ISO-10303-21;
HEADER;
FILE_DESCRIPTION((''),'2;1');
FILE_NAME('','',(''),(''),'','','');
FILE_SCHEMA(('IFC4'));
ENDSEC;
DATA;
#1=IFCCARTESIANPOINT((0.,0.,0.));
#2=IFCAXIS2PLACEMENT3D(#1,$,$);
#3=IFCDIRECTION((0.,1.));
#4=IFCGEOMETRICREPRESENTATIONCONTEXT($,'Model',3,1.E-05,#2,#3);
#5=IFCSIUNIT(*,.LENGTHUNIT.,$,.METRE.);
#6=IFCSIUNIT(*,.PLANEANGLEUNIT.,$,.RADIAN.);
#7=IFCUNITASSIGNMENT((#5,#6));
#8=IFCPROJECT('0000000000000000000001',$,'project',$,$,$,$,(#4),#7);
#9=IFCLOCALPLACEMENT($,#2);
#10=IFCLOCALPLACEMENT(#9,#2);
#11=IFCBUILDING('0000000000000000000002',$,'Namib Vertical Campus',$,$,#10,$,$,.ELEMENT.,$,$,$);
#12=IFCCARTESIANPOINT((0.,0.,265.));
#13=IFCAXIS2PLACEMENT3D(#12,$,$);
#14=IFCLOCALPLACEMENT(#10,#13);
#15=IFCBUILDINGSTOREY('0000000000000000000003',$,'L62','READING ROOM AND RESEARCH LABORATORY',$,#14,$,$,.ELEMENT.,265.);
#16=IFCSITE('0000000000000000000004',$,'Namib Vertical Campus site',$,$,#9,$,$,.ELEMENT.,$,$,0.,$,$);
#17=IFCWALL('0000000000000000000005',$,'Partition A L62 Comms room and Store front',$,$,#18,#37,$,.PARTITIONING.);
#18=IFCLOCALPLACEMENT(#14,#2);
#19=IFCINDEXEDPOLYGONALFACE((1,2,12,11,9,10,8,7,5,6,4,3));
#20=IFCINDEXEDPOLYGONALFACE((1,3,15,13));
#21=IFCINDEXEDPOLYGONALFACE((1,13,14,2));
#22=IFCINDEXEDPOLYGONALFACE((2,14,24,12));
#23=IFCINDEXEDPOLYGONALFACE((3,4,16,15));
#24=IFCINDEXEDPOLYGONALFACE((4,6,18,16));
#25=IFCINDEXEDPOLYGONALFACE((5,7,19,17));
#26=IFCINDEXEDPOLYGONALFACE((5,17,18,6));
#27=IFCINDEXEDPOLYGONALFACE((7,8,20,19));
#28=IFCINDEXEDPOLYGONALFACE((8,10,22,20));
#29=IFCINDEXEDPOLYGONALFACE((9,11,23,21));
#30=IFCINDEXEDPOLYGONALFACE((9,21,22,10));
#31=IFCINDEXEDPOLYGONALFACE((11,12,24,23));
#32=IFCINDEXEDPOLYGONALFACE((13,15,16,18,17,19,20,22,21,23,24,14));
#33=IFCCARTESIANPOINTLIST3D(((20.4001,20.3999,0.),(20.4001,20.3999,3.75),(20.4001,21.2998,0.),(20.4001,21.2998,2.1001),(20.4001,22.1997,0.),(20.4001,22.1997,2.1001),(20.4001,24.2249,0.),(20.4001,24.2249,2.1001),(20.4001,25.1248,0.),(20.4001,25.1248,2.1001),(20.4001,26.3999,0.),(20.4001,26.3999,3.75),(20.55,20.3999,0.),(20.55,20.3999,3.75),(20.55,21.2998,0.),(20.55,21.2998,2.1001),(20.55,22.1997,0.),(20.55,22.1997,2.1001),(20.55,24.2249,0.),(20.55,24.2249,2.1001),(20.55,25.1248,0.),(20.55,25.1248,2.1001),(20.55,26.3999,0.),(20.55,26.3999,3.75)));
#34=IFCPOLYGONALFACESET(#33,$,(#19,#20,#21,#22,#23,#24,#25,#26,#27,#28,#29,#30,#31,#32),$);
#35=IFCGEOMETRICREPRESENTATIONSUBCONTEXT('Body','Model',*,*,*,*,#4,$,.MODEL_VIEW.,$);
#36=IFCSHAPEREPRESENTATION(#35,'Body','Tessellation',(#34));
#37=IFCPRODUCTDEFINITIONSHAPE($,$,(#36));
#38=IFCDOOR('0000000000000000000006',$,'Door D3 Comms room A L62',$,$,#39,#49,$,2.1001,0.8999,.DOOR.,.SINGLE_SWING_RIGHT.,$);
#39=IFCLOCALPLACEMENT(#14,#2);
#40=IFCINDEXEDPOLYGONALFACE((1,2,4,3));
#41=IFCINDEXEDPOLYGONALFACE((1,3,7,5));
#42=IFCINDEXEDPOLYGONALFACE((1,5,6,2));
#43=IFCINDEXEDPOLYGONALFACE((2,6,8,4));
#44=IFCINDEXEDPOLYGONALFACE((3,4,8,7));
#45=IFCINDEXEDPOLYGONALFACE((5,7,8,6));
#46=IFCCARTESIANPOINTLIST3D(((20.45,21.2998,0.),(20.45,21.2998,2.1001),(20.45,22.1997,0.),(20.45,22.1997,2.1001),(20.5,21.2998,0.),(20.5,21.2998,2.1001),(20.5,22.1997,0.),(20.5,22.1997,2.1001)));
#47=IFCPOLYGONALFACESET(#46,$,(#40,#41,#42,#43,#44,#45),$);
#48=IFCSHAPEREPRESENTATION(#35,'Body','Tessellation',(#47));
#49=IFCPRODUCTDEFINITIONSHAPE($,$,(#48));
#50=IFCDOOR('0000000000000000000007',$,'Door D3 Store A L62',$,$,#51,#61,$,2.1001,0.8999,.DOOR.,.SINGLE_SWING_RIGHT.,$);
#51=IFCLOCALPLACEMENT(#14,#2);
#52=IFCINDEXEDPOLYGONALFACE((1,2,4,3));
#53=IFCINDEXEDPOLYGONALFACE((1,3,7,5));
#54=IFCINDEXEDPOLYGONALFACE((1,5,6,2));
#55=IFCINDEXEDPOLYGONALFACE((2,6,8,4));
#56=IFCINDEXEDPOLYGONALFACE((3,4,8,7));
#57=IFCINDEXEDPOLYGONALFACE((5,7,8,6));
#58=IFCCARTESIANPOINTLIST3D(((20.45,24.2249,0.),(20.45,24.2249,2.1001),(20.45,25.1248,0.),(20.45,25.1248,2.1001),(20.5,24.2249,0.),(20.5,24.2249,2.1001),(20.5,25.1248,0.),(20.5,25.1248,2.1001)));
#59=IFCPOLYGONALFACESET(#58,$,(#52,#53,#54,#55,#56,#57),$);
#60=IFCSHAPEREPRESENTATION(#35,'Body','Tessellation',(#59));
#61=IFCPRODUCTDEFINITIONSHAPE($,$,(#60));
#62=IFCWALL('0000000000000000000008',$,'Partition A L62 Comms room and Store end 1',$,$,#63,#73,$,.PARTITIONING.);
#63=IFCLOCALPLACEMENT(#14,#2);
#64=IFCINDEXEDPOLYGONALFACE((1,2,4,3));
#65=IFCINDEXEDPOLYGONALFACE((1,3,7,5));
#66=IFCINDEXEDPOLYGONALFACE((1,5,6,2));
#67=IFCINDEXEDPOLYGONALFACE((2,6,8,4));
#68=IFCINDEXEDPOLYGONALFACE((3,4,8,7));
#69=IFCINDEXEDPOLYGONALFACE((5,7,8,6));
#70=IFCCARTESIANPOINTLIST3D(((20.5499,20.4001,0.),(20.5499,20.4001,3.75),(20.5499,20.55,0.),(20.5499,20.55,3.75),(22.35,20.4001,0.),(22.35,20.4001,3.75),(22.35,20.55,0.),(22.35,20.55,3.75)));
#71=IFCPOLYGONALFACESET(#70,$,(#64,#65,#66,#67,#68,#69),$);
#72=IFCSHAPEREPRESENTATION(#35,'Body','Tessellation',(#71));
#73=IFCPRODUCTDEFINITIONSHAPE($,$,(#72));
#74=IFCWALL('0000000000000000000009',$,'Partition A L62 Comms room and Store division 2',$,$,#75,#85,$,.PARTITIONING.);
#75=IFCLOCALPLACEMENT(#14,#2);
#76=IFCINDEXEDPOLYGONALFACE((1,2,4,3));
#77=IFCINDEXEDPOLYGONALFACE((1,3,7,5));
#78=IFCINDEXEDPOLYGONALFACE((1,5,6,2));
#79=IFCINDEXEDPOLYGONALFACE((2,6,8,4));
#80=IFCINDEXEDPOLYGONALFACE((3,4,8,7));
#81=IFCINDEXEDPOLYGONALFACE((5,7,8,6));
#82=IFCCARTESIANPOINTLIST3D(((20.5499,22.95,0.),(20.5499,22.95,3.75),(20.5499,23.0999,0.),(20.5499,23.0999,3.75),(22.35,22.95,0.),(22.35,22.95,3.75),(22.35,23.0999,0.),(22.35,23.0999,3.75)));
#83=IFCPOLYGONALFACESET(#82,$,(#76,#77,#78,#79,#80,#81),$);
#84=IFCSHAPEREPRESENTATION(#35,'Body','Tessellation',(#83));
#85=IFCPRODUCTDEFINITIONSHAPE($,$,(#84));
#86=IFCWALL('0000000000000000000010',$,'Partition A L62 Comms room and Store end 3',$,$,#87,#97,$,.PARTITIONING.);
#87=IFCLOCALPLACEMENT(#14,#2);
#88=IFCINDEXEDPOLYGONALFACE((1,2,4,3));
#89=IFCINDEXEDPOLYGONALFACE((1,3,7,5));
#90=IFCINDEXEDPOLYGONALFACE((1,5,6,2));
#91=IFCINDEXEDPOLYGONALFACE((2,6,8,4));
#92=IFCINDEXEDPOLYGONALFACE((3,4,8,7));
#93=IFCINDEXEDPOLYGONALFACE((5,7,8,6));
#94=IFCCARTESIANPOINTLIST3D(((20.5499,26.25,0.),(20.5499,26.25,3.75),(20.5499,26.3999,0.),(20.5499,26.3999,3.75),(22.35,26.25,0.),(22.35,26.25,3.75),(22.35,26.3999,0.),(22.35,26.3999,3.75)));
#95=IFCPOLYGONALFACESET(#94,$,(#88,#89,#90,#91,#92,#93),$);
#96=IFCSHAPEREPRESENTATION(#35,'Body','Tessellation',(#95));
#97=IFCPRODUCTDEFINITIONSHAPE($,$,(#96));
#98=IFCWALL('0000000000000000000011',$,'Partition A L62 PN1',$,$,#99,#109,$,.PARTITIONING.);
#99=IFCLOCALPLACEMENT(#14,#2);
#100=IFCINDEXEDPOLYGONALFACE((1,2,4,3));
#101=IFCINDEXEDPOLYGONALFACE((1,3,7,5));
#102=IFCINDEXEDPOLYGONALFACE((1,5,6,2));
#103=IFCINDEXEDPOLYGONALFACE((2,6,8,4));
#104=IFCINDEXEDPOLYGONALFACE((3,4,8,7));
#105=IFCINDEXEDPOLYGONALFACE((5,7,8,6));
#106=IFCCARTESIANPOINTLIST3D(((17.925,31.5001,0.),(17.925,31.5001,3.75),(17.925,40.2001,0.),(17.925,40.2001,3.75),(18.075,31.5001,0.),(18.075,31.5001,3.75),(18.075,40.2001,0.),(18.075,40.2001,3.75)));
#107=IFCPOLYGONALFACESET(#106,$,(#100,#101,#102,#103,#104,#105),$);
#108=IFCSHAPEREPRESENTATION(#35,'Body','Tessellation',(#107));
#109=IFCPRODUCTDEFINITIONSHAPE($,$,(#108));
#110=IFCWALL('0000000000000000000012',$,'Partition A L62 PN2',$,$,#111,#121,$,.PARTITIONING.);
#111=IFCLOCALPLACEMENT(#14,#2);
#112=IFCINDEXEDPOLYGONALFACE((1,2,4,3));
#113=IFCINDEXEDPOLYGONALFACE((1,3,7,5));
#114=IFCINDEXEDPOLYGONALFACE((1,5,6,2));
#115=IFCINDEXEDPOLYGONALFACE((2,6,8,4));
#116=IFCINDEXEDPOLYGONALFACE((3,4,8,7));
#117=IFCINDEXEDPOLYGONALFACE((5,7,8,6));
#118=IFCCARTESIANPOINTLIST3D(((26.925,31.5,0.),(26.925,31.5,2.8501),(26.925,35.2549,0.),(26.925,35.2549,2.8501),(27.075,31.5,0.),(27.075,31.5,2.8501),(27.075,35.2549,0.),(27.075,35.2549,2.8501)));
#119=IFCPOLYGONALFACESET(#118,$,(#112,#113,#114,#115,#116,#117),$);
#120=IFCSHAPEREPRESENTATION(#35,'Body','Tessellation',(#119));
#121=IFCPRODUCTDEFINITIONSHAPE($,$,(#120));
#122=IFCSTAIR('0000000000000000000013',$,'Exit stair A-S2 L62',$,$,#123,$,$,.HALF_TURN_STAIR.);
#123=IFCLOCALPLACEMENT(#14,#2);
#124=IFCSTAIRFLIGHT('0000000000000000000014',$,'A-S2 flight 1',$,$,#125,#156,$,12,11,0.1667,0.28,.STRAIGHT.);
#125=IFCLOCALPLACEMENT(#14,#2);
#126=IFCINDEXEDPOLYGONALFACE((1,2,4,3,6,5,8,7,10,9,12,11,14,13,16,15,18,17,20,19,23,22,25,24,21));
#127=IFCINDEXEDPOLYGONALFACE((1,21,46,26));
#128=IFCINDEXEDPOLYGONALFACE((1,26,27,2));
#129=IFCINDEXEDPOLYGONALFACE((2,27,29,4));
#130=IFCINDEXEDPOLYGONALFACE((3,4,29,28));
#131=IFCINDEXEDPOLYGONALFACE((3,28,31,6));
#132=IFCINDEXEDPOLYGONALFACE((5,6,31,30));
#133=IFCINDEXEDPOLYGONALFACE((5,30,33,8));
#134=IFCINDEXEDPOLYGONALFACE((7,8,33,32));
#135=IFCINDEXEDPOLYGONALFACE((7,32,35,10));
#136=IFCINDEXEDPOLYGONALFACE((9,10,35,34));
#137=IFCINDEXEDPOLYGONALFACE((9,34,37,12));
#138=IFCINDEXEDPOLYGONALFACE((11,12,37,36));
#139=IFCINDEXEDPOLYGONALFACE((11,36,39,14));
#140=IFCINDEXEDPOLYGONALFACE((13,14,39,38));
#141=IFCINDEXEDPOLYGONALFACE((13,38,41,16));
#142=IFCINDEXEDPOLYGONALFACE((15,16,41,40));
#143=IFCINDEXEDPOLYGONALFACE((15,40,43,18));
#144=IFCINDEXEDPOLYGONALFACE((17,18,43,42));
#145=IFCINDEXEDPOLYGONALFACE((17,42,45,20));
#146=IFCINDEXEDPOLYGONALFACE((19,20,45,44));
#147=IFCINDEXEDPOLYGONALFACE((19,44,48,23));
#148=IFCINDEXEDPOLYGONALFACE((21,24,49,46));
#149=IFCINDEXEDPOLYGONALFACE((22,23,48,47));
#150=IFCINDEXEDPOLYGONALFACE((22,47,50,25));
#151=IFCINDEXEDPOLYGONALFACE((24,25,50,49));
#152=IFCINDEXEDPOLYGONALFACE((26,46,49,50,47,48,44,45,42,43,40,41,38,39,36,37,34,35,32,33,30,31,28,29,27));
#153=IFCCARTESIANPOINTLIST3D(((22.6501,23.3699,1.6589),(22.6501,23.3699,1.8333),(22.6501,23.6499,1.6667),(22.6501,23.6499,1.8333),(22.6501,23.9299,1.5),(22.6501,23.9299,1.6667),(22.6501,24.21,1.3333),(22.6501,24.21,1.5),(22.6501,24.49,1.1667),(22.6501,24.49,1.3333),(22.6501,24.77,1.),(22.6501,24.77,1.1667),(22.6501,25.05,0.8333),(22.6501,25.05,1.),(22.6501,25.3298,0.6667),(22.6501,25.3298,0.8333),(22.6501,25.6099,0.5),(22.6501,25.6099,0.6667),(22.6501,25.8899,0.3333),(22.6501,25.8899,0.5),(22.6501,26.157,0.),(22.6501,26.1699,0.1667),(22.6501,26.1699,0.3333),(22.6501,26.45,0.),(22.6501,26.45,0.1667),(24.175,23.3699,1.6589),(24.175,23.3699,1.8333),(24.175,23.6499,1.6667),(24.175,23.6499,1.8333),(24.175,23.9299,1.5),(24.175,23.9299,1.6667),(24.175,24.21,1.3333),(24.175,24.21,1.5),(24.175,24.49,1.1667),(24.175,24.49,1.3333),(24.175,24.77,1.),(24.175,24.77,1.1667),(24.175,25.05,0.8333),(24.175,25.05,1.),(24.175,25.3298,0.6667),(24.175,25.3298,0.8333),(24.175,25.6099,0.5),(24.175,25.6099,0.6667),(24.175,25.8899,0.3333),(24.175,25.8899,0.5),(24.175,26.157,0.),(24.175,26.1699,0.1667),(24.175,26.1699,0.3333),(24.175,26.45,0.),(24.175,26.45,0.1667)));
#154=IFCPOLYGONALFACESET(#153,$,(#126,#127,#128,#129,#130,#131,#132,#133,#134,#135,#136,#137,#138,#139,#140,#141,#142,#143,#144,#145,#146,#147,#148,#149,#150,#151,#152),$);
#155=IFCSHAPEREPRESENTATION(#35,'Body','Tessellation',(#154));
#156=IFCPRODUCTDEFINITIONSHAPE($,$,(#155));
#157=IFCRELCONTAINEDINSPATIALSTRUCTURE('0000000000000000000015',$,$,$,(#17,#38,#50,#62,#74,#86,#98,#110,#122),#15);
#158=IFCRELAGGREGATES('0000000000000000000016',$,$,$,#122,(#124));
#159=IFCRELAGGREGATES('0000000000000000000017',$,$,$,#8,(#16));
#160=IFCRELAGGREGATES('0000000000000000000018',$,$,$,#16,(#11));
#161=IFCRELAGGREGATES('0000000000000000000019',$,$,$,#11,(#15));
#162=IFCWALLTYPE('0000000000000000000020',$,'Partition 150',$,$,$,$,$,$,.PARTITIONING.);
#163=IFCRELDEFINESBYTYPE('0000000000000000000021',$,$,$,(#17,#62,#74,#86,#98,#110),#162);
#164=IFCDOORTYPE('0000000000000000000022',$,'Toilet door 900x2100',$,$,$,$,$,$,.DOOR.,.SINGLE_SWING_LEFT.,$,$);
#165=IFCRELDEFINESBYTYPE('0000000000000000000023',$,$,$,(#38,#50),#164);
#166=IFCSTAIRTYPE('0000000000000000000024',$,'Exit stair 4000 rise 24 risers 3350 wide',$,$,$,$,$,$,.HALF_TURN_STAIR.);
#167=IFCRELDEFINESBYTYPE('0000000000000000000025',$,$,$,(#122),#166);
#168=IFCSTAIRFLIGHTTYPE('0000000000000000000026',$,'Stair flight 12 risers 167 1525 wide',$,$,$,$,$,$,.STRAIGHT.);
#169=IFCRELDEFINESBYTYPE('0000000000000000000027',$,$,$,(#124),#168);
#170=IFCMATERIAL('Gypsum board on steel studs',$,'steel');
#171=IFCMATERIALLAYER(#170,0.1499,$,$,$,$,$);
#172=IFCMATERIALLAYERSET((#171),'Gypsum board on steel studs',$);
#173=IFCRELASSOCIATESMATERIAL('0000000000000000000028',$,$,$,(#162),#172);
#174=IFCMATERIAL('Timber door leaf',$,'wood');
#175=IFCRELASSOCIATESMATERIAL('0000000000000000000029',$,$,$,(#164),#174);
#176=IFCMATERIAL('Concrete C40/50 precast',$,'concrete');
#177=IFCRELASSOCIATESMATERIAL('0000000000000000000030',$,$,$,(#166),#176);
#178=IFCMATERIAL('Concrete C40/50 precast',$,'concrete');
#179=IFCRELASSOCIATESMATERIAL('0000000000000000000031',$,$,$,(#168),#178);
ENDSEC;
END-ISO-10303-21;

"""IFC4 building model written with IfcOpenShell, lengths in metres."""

from ifc_helpers import new_model, si_unit, direction, frame, frame_2d, origin, place, context, subcontext, project, spatial, polyline, rectangle, outline, extrude, material, layer, layer_set, type_object, element, fill, aggregate, save


model = new_model("IFC4")

# Units and contexts
model_context = context("Model", 3, precision=1e-05, world=origin(), true_north=direction((0.0, 1.0)))
body_context = subcontext(model_context, "Body", "Model", "MODEL_VIEW")
ifc_project = project(units=[si_unit("LENGTHUNIT", "METRE"), si_unit("PLANEANGLEUNIT", "RADIAN")], contexts=[model_context])

# Site, building, storey
site_placement = place(None, origin())
site = spatial("IfcSite", under=ifc_project, at=site_placement, Name="Namib Vertical Campus site", CompositionType="ELEMENT", RefElevation=0.0)
building_placement = place(site_placement, origin())
building = spatial("IfcBuilding", under=site, at=building_placement, Name="Namib Vertical Campus", CompositionType="ELEMENT")
storey_placement = place(building_placement, frame((0.0, 0.0, 265.0)))
storey = spatial("IfcBuildingStorey", under=building, at=storey_placement, Name="L62", Description="READING ROOM AND RESEARCH LABORATORY", CompositionType="ELEMENT", Elevation=265.0)

# Wall, openings, doors
ifc_material_1 = material(Name="Gypsum board on steel studs", Category="steel")
ifc_layer_1 = layer(ifc_material_1, 0.1499)
ifc_layer_set_1 = layer_set([ifc_layer_1], Name="Gypsum board on steel studs")
wall_type_1 = type_object("IfcWallType", Name="Partition 150", PredefinedType="PARTITIONING", material=ifc_layer_set_1)
wall_1_placement = place(storey_placement, frame((20.4751, 20.3999, 0.0), z_axis=(0.0, 0.0, 1.0), x_axis=(0.0, 1.0, 0.0)))
wall_1 = element("IfcWall", 1, at=wall_1_placement, inside=storey, type_object=wall_type_1, Name="Partition A L62 Comms room and Store front", PredefinedType="PARTITIONING", context=body_context, shape_type="SweptSolid", body=[
    extrude(rectangle(XDim=6.0, YDim=0.1499, at=frame_2d((3.0, 0.0))), origin(), (0.0, 0.0, 1.0), 3.75),
])
opening_1_placement = place(wall_1_placement, frame((0.8999, 0.0, 0.0)))
opening_1 = element("IfcOpeningElement", 2, at=opening_1_placement, cuts=wall_1, PredefinedType="OPENING", context=body_context, shape_type="SweptSolid", body=[
    extrude(rectangle(XDim=0.8999, YDim=2.1001, at=frame_2d((0.45, 1.05))), frame((0.0, 0.085, 0.0), z_axis=(0.0, -1.0, 0.0), x_axis=(1.0, 0.0, 0.0)), (0.0, 0.0, 1.0), 0.1699),
])
opening_2_placement = place(wall_1_placement, frame((3.825, 0.0, 0.0)))
opening_2 = element("IfcOpeningElement", 3, at=opening_2_placement, cuts=wall_1, PredefinedType="OPENING", context=body_context, shape_type="SweptSolid", body=[
    extrude(rectangle(XDim=0.8999, YDim=2.1001, at=frame_2d((0.45, 1.05))), frame((0.0, 0.085, 0.0), z_axis=(0.0, -1.0, 0.0), x_axis=(1.0, 0.0, 0.0)), (0.0, 0.0, 1.0), 0.1699),
])
ifc_material_2 = material(Name="Timber door leaf", Category="wood")
door_type_1 = type_object("IfcDoorType", Name="Toilet door 900x2100", OperationType="SINGLE_SWING_LEFT", PredefinedType="DOOR", material=ifc_material_2)
door_1_placement = place(opening_1_placement, frame((0.8999, 0.0, 0.0), z_axis=(0.0, 0.0, 1.0), x_axis=(-1.0, 0.0, 0.0)))
door_1 = element("IfcDoor", 4, at=door_1_placement, inside=storey, type_object=door_type_1, Name="Door D3 Comms room A L62", OperationType="SINGLE_SWING_RIGHT", OverallHeight=2.1001, OverallWidth=0.8999, PredefinedType="DOOR", context=body_context, shape_type="SweptSolid", body=[
    extrude(rectangle(XDim=0.8999, YDim=2.1001, at=frame_2d((0.45, 1.05))), frame((0.0, 0.0249, 0.0), z_axis=(0.0, -1.0, 0.0), x_axis=(1.0, 0.0, 0.0)), (0.0, 0.0, 1.0), 0.05),
])
fill(opening_1, door_1)
door_2_placement = place(opening_2_placement, frame((0.8999, 0.0, 0.0), z_axis=(0.0, 0.0, 1.0), x_axis=(-1.0, 0.0, 0.0)))
door_2 = element("IfcDoor", 5, at=door_2_placement, inside=storey, type_object=door_type_1, Name="Door D3 Store A L62", OperationType="SINGLE_SWING_RIGHT", OverallHeight=2.1001, OverallWidth=0.8999, PredefinedType="DOOR", context=body_context, shape_type="SweptSolid", body=[
    extrude(rectangle(XDim=0.8999, YDim=2.1001, at=frame_2d((0.45, 1.05))), frame((0.0, 0.0249, 0.0), z_axis=(0.0, -1.0, 0.0), x_axis=(1.0, 0.0, 0.0)), (0.0, 0.0, 1.0), 0.05),
])
fill(opening_2, door_2)

# Walls
for number, where, z_axis, x_axis, name in (
    (6, (20.55, 20.4751, 0.0), (0.0, 0.0, 1.0), (1.0, 0.0, 0.0), "Partition A L62 Comms room and Store end 1"),
    (7, (20.55, 23.0249, 0.0), (0.0, 0.0, 1.0), (1.0, 0.0, 0.0), "Partition A L62 Comms room and Store division 2"),
    (8, (20.55, 26.325, 0.0), (0.0, 0.0, 1.0), (1.0, 0.0, 0.0), "Partition A L62 Comms room and Store end 3"),
):
    element("IfcWall", number, at=place(storey_placement, frame(where, z_axis=z_axis, x_axis=x_axis)), inside=storey, type_object=wall_type_1, Name=name, PredefinedType="PARTITIONING", context=body_context, shape_type="SweptSolid", body=[
        extrude(rectangle(XDim=1.8, YDim=0.1499, at=frame_2d((0.8999, 0.0))), origin(), (0.0, 0.0, 1.0), 3.75),
    ])
wall_2_placement = place(storey_placement, frame((18.0, 31.5, 0.0), z_axis=(0.0, 0.0, 1.0), x_axis=(0.0, 1.0, 0.0)))
element("IfcWall", 9, at=wall_2_placement, inside=storey, type_object=wall_type_1, Name="Partition A L62 PN1", PredefinedType="PARTITIONING", context=body_context, shape_type="SweptSolid", body=[
    extrude(rectangle(XDim=8.7, YDim=0.1499, at=frame_2d((4.3501, 0.0))), origin(), (0.0, 0.0, 1.0), 3.75),
])
wall_3_placement = place(storey_placement, frame((27.0, 31.5, 0.0), z_axis=(0.0, 0.0, 1.0), x_axis=(0.0, 1.0, 0.0)))
element("IfcWall", 10, at=wall_3_placement, inside=storey, type_object=wall_type_1, Name="Partition A L62 PN2", PredefinedType="PARTITIONING", context=body_context, shape_type="SweptSolid", body=[
    extrude(rectangle(XDim=3.7549, YDim=0.1499, at=frame_2d((1.8774, 0.0))), origin(), (0.0, 0.0, 1.0), 2.8501),
])

# Stair, stair flight
ifc_material_3 = material(Name="Concrete C40/50 precast", Category="concrete")
stair_type = type_object("IfcStairType", Name="Exit stair 4000 rise 24 risers 3350 wide", PredefinedType="HALF_TURN_STAIR", material=ifc_material_3)
stair_placement = place(storey_placement, origin())
stair = element("IfcStair", 11, at=stair_placement, inside=storey, type_object=stair_type, Name="Exit stair A-S2 L62", PredefinedType="HALF_TURN_STAIR")
ifc_material_4 = material(Name="Concrete C40/50 precast", Category="concrete")
stair_flight_type = type_object("IfcStairFlightType", Name="Stair flight 12 risers 167 1525 wide", PredefinedType="STRAIGHT", material=ifc_material_4)
stair_flight_1_placement = place(storey_placement, frame((23.4126, 26.45, 0.0), z_axis=(0.0, 0.0, 1.0), x_axis=(0.0, -1.0, 0.0)))
stair_flight_1 = element("IfcStairFlight", 12, at=stair_flight_1_placement, type_object=stair_flight_type, Name="A-S2 flight 1", NumberOfRisers=12, NumberOfTreads=11, PredefinedType="STRAIGHT", RiserHeight=0.1667, TreadLength=0.28, context=body_context, shape_type="SweptSolid", body=[
    extrude(outline(polyline([(0.0, 0.0), (0.0, 0.1667), (0.28, 0.1667), (0.28, 0.3333), (0.5601, 0.3333), (0.5601, 0.5), (0.8401, 0.5), (0.8401, 0.6667), (1.1201, 0.6667), (1.1201, 0.8333), (1.3999, 0.8333), (1.3999, 1.0), (1.6799, 1.0), (1.6799, 1.1667), (1.96, 1.1667), (1.96, 1.3333), (2.24, 1.3333), (2.24, 1.5), (2.52, 1.5), (2.52, 1.6667), (2.8, 1.6667), (2.8, 1.8333), (3.0801, 1.8333), (3.0801, 2.0), (3.0801, 1.6589), (0.293, 0.0), (0.0, 0.0)])), frame((0.0, 0.7625, 0.0), z_axis=(0.0, -1.0, 0.0), x_axis=(1.0, 0.0, 0.0)), (0.0, 0.0, 1.0), 1.5249),
])
aggregate(stair, [stair_flight_1])

save(model, "model.ifc")
